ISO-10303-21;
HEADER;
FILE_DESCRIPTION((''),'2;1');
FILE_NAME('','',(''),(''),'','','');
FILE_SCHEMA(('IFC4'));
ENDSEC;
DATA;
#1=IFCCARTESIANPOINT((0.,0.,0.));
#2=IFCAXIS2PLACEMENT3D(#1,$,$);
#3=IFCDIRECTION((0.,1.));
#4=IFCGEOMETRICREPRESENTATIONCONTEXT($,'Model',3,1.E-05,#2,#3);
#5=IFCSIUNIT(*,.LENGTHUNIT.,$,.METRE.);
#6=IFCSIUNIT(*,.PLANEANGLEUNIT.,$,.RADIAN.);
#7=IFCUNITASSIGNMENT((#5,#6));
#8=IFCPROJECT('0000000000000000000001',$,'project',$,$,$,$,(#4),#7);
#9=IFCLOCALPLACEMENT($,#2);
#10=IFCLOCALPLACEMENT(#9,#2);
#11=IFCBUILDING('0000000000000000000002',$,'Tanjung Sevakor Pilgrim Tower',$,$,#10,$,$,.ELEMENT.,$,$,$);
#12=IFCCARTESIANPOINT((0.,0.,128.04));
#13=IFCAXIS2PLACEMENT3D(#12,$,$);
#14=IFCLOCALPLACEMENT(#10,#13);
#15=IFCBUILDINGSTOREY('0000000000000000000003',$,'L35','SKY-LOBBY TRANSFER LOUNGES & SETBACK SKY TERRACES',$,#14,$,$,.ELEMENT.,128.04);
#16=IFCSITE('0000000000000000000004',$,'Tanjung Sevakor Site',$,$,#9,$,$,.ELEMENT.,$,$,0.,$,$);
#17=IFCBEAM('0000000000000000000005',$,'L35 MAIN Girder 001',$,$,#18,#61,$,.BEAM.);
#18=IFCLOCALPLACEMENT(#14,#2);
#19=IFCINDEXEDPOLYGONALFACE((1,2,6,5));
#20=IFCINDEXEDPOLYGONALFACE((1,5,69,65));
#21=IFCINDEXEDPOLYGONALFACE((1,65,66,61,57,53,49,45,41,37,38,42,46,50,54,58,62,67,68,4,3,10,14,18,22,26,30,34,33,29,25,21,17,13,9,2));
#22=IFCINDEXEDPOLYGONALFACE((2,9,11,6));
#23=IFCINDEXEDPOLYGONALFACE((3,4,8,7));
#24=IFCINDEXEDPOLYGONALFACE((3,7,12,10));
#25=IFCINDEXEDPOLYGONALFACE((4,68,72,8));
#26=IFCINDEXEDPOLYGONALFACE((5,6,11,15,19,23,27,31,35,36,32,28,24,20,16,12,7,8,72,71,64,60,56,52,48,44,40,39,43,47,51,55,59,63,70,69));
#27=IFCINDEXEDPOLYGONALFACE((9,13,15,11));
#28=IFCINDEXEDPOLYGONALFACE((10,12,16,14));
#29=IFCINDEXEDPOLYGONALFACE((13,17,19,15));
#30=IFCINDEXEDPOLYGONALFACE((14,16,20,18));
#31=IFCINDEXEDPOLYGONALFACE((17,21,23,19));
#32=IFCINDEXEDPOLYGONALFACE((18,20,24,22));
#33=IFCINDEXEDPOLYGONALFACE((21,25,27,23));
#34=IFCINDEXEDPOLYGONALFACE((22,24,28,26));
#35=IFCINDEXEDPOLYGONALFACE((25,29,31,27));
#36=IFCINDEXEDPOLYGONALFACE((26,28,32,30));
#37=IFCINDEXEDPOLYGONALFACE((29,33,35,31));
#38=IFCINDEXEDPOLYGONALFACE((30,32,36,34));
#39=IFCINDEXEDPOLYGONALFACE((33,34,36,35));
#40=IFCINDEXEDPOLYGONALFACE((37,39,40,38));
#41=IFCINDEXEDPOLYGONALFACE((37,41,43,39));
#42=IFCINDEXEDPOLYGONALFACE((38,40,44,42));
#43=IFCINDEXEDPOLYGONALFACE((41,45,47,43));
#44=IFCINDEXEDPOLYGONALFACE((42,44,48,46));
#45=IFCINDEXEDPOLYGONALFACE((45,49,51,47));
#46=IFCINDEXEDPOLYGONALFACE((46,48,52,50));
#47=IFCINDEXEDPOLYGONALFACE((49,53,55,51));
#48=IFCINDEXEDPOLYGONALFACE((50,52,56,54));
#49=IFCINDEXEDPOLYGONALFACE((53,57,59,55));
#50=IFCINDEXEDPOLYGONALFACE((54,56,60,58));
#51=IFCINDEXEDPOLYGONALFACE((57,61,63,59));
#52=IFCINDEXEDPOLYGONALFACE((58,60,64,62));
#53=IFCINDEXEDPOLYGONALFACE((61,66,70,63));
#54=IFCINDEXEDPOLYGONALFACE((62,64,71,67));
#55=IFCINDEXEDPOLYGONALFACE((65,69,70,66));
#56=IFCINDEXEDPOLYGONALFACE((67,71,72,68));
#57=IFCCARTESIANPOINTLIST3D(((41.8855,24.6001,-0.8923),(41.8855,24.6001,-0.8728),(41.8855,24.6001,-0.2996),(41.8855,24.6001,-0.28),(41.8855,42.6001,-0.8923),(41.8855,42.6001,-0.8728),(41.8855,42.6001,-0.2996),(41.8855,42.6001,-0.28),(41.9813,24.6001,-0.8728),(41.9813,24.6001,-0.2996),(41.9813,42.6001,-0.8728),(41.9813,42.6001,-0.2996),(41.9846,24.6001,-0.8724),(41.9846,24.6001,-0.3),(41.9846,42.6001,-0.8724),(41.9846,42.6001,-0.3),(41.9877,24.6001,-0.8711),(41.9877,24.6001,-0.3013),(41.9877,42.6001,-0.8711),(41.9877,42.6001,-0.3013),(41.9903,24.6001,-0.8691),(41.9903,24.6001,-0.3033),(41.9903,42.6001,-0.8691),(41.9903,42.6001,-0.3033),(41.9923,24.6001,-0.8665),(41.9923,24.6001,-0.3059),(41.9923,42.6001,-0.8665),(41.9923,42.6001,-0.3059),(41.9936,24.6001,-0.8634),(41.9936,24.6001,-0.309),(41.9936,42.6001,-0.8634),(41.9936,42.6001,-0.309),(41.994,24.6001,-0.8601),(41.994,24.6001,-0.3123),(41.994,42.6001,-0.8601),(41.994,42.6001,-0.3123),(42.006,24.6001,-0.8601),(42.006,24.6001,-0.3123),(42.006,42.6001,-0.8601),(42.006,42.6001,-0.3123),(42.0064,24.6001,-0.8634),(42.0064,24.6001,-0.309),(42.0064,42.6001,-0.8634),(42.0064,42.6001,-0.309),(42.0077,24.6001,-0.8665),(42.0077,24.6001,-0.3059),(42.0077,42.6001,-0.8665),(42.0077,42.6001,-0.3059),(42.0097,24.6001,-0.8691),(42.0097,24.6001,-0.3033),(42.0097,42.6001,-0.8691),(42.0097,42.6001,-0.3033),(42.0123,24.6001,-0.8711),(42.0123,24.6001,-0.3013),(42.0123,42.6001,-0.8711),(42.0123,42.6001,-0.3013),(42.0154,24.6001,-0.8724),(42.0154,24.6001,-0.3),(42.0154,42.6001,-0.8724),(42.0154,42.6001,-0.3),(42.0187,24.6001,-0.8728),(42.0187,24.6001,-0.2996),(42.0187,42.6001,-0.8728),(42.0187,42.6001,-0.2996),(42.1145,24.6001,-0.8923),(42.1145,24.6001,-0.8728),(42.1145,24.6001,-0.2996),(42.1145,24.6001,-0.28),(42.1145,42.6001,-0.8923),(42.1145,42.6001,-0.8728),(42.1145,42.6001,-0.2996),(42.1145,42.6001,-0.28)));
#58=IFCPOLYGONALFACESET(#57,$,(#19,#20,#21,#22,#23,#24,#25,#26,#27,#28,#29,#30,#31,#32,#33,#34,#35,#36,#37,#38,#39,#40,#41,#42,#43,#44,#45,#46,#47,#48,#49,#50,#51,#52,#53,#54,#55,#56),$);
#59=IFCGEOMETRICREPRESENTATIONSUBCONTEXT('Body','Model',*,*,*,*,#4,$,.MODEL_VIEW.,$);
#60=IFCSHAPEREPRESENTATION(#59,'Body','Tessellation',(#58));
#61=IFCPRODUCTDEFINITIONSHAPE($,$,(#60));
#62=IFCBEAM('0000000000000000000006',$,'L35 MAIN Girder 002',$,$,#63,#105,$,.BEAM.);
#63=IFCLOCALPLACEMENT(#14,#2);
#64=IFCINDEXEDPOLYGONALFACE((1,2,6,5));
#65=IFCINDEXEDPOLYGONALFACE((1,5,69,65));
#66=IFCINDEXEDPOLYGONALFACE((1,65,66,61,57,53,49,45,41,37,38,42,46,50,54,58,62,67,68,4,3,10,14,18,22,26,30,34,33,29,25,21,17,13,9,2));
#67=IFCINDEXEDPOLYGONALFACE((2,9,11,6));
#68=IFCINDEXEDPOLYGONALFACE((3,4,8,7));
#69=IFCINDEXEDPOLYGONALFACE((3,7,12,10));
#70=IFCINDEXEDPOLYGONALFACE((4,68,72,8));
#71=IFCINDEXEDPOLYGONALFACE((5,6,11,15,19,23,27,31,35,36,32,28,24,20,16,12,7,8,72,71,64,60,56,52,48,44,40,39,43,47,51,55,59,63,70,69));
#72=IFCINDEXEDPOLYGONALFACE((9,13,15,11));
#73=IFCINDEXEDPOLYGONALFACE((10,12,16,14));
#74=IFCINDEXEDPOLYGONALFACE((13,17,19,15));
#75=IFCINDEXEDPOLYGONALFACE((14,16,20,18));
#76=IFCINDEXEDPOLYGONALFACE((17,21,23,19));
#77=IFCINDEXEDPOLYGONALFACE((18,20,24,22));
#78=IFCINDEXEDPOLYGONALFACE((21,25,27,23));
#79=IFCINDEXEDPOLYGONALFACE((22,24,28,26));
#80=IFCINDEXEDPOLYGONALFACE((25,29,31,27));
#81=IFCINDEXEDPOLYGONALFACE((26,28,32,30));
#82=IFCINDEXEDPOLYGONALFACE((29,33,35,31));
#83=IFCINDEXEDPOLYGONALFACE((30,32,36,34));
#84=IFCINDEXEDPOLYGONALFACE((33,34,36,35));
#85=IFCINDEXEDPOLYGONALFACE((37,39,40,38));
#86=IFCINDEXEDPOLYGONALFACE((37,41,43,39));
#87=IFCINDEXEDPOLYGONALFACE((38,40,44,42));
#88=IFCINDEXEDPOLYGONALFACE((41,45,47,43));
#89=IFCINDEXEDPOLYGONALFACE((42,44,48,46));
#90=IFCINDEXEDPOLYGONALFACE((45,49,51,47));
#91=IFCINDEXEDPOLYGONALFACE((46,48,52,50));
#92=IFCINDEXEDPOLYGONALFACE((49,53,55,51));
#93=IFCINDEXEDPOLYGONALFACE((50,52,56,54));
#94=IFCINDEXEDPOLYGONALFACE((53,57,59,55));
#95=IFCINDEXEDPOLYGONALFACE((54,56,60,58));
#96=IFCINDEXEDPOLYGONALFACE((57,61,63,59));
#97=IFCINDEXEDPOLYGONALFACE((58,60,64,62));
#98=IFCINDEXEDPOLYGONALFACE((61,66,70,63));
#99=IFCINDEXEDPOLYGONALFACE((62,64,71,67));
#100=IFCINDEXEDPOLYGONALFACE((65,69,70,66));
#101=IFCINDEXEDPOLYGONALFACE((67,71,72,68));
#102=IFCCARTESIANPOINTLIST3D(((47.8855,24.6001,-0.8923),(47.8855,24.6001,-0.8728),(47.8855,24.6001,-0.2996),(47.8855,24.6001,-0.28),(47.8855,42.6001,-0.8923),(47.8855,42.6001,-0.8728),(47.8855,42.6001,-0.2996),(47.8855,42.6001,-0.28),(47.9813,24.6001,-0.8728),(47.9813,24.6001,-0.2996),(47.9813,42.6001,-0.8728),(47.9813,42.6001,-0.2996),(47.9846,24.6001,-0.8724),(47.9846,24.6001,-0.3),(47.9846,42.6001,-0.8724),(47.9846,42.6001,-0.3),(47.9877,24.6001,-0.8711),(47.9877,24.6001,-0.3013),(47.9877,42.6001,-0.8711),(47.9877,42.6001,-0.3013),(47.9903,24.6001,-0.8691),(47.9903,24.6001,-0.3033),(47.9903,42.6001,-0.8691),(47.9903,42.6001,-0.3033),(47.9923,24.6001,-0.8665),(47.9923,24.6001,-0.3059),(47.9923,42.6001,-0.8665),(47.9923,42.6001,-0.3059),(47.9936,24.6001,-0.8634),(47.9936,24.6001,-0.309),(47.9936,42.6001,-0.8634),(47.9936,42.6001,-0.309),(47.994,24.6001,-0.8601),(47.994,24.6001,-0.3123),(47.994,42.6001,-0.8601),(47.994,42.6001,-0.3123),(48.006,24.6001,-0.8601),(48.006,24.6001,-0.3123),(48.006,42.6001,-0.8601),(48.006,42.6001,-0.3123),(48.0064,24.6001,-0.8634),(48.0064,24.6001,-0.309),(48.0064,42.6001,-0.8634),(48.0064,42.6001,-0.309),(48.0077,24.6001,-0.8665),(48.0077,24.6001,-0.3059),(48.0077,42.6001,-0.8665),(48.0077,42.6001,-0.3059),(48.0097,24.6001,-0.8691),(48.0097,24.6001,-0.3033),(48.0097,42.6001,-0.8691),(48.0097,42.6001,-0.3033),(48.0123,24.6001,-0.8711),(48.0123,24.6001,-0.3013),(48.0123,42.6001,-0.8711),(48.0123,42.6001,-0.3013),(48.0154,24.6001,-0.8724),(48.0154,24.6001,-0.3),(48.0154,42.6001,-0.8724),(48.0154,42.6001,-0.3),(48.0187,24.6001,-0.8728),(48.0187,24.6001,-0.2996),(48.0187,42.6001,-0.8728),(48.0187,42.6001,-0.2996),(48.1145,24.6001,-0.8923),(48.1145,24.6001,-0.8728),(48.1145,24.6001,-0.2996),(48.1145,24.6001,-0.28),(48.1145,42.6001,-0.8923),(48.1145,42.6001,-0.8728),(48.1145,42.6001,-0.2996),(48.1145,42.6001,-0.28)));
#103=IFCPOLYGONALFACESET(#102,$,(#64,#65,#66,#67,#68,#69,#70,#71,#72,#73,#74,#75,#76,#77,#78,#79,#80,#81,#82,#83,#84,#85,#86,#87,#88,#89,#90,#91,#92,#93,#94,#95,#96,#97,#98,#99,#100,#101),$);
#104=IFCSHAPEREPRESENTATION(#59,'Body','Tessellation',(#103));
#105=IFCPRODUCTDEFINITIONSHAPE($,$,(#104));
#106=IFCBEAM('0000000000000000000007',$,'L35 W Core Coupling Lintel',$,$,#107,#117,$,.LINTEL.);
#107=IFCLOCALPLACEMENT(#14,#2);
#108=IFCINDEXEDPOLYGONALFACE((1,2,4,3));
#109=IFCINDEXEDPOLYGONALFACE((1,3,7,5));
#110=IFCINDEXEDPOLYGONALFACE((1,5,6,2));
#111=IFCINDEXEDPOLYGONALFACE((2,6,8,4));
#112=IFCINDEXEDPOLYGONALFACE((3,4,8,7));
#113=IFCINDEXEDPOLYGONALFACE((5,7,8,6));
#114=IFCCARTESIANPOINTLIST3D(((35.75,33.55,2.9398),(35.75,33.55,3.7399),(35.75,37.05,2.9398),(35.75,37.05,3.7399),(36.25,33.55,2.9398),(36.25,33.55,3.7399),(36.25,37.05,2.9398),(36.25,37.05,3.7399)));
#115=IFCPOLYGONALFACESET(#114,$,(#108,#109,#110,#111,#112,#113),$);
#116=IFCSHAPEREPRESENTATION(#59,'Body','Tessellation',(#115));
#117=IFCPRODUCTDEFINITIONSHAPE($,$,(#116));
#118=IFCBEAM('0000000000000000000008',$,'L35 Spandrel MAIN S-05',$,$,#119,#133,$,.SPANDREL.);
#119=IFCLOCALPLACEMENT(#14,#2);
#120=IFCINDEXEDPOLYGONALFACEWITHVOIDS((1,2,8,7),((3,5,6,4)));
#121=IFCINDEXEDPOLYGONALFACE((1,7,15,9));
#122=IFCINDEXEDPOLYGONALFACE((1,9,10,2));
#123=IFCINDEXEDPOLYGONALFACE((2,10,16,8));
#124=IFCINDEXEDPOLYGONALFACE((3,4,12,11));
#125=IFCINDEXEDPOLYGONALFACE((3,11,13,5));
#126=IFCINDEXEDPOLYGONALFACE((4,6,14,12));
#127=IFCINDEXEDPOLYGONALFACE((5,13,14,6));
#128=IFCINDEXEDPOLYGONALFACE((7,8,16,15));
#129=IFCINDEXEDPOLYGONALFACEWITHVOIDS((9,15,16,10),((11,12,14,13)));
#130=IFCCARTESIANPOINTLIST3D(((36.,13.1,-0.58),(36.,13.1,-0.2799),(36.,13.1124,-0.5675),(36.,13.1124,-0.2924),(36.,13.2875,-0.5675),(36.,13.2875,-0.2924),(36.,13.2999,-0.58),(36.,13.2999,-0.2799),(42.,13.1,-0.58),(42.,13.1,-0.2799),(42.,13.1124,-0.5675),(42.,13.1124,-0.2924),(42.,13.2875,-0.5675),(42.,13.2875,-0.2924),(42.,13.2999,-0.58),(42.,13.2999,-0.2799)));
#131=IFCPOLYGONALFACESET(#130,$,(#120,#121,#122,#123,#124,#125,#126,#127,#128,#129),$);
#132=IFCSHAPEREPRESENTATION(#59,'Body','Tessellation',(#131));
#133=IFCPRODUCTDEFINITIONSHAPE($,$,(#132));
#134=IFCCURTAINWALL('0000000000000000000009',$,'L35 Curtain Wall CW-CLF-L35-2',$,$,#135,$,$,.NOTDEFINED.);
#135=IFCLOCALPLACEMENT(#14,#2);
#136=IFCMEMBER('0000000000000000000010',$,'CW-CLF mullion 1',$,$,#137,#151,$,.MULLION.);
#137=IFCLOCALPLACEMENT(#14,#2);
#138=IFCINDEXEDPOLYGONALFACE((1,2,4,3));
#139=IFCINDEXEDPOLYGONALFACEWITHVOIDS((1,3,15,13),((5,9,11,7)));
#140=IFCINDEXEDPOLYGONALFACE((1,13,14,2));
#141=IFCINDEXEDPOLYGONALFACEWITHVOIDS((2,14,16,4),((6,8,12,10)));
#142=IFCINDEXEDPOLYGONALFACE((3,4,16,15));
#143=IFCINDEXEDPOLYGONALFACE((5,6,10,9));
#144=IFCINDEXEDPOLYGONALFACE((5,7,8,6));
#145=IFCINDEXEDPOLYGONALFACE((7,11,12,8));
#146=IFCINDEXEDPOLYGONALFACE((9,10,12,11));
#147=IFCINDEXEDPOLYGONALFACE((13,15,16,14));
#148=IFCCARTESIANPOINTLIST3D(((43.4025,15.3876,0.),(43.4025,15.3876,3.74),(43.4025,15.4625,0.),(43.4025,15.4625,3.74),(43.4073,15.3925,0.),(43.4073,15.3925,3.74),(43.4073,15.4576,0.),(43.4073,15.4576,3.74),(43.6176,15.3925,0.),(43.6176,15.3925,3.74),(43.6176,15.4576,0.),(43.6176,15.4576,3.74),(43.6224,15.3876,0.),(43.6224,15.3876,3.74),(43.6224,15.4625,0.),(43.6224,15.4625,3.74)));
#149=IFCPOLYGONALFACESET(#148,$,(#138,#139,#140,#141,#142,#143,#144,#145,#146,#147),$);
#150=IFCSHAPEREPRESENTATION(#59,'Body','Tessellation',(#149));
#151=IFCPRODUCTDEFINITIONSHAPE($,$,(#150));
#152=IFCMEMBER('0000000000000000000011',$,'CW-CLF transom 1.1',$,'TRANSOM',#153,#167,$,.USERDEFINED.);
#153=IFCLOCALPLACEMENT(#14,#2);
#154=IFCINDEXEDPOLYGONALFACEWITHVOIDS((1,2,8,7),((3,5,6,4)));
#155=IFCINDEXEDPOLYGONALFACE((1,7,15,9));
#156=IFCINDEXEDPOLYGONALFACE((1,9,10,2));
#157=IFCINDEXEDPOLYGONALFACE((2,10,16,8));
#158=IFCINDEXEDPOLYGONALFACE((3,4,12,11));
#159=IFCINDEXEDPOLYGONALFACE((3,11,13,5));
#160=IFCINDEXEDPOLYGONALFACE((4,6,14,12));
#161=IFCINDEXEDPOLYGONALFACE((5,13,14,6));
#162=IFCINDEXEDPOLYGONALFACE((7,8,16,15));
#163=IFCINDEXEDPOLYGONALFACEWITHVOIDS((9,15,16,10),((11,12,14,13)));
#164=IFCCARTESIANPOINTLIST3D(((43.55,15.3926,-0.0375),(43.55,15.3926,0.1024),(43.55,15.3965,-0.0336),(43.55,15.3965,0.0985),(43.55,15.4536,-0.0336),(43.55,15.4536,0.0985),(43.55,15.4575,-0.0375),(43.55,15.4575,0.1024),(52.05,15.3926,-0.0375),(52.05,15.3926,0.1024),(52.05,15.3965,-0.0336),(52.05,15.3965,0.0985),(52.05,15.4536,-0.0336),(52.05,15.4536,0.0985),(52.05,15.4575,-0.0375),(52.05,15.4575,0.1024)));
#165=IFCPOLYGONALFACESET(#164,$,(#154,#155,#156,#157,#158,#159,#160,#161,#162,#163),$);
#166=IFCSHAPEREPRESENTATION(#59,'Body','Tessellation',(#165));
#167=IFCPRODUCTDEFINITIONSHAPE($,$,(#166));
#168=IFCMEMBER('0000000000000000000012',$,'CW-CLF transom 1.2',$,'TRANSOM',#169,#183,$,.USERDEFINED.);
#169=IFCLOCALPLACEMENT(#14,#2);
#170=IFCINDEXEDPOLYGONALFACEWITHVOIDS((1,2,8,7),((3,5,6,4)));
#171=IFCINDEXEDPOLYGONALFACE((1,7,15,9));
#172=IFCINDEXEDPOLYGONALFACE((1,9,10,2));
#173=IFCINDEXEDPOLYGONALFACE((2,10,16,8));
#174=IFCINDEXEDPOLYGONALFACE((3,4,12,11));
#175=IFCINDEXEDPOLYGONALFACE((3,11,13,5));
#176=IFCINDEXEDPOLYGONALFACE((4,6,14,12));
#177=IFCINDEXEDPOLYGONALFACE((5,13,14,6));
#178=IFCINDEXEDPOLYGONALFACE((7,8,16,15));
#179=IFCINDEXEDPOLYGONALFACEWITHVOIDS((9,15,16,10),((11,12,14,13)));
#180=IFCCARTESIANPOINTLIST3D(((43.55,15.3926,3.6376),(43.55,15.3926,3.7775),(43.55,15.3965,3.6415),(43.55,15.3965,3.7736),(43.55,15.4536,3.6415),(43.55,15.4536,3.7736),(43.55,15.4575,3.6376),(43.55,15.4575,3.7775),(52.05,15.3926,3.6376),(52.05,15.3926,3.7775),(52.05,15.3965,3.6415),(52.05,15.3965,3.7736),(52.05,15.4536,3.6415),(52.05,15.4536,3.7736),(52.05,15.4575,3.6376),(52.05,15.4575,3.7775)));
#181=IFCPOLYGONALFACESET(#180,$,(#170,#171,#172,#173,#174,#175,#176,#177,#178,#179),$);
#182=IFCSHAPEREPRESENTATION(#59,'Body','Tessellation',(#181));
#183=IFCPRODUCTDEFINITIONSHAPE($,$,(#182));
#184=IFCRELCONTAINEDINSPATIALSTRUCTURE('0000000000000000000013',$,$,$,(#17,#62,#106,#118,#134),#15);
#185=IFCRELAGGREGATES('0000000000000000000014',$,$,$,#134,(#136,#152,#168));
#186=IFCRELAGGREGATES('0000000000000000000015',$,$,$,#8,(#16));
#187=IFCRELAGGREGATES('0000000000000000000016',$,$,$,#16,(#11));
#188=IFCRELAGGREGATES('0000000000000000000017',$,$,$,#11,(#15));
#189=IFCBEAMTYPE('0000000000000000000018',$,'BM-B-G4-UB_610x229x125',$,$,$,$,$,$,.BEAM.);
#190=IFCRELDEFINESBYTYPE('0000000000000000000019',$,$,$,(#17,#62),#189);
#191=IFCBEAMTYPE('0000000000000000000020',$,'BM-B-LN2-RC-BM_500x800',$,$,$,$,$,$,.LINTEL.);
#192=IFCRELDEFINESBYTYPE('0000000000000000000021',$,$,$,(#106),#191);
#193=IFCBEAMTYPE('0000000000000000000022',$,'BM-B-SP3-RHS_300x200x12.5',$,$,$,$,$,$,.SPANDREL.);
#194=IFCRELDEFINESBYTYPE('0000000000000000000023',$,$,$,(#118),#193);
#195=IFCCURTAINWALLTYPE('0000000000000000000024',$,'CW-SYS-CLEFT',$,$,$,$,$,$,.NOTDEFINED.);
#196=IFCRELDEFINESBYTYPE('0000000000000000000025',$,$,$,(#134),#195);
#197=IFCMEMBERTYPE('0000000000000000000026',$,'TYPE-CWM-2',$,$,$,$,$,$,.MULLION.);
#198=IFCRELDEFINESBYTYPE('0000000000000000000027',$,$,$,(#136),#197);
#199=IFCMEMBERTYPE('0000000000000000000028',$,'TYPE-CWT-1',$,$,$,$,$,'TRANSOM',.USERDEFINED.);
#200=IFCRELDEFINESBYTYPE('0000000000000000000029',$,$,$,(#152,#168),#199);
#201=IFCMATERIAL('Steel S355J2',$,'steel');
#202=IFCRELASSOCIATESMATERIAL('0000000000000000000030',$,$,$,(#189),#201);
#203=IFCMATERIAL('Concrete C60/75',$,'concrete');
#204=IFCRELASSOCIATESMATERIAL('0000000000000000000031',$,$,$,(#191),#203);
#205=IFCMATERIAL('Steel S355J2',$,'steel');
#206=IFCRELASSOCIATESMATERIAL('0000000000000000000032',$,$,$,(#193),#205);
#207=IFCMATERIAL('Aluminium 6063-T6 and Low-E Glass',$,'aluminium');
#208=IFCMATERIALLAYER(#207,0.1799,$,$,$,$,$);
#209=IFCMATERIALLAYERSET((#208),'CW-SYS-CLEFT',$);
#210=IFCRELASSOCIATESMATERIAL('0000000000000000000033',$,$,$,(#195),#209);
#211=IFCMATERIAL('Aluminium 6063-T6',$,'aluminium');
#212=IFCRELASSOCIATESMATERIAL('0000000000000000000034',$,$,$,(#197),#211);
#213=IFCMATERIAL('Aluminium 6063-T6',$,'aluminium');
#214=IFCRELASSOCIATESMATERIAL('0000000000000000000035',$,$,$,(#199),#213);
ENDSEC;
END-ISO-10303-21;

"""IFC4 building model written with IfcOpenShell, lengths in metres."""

from ifc_helpers import new_model, si_unit, direction, frame, origin, origin_2d, place, context, subcontext, project, spatial, rectangle, hollow_rectangle, i_section, extrude, material, layer, layer_set, material_profile, profile_set, type_object, element, aggregate, save


model = new_model("IFC4")

# Units and contexts
model_context = context("Model", 3, precision=1e-05, world=origin(), true_north=direction((0.0, 1.0)))
body_context = subcontext(model_context, "Body", "Model", "MODEL_VIEW")
ifc_project = project(units=[si_unit("LENGTHUNIT", "METRE"), si_unit("PLANEANGLEUNIT", "RADIAN")], contexts=[model_context])

# Site, building, storey
site_placement = place(None, origin())
site = spatial("IfcSite", under=ifc_project, at=site_placement, Name="Tanjung Sevakor Site", CompositionType="ELEMENT", RefElevation=0.0)
building_placement = place(site_placement, origin())
building = spatial("IfcBuilding", under=site, at=building_placement, Name="Tanjung Sevakor Pilgrim Tower", CompositionType="ELEMENT")
storey_placement = place(building_placement, frame((0.0, 0.0, 128.04)))
storey = spatial("IfcBuildingStorey", under=building, at=storey_placement, Name="L35", Description="SKY-LOBBY TRANSFER LOUNGES & SETBACK SKY TERRACES", CompositionType="ELEMENT", Elevation=128.04)

# Beams
ifc_material_1 = material(Name="Steel S355J2", Category="steel")
ifc_material_profile_1 = material_profile(ifc_material_1, i_section(OverallWidth=0.229, OverallDepth=0.6123, WebThickness=0.012, FlangeThickness=0.0195, FilletRadius=0.0127, at=origin_2d()))
ifc_profile_set_1 = profile_set([ifc_material_profile_1], Name="Steel S355J2")
beam_type_1 = type_object("IfcBeamType", Name="BM-B-G4-UB_610x229x125", PredefinedType="BEAM", material=ifc_profile_set_1)
for number, where, z_axis, x_axis, name in (
    (1, (42.0, 24.6001, -0.5862), (0.0, 1.0, 0.0), (-1.0, 0.0, 0.0), "L35 MAIN Girder 001"),
    (2, (48.0, 24.6001, -0.5862), (0.0, 1.0, 0.0), (-1.0, 0.0, 0.0), "L35 MAIN Girder 002"),
):
    element("IfcBeam", number, at=place(storey_placement, frame(where, z_axis=z_axis, x_axis=x_axis)), inside=storey, type_object=beam_type_1, Name=name, PredefinedType="BEAM", context=body_context, shape_type="SweptSolid", body=[
        extrude(i_section(OverallWidth=0.229, OverallDepth=0.6123, WebThickness=0.012, FlangeThickness=0.0195, FilletRadius=0.0127, at=origin_2d()), origin(), (0.0, 0.0, 1.0), 18.0),
    ])
ifc_material_2 = material(Name="Concrete C60/75", Category="concrete")
ifc_material_profile_2 = material_profile(ifc_material_2, rectangle(XDim=0.5, YDim=0.8, at=origin_2d()))
ifc_profile_set_2 = profile_set([ifc_material_profile_2], Name="Concrete C60/75")
beam_type_2 = type_object("IfcBeamType", Name="BM-B-LN2-RC-BM_500x800", PredefinedType="LINTEL", material=ifc_profile_set_2)
beam_1_placement = place(storey_placement, frame((36.0, 33.55, 3.3398), z_axis=(0.0, 1.0, 0.0), x_axis=(-1.0, 0.0, 0.0)))
element("IfcBeam", 3, at=beam_1_placement, inside=storey, type_object=beam_type_2, Name="L35 W Core Coupling Lintel", PredefinedType="LINTEL", context=body_context, shape_type="SweptSolid", body=[
    extrude(rectangle(XDim=0.5, YDim=0.8, at=origin_2d()), origin(), (0.0, 0.0, 1.0), 3.5),
])
ifc_material_3 = material(Name="Steel S355J2", Category="steel")
ifc_material_profile_3 = material_profile(ifc_material_3, hollow_rectangle(XDim=0.2, YDim=0.3, WallThickness=0.0125, at=origin_2d()))
ifc_profile_set_3 = profile_set([ifc_material_profile_3], Name="Steel S355J2")
beam_type_3 = type_object("IfcBeamType", Name="BM-B-SP3-RHS_300x200x12.5", PredefinedType="SPANDREL", material=ifc_profile_set_3)
beam_2_placement = place(storey_placement, frame((36.0, 13.2, -0.4299), z_axis=(1.0, 0.0, 0.0), x_axis=(0.0, 1.0, 0.0)))
element("IfcBeam", 4, at=beam_2_placement, inside=storey, type_object=beam_type_3, Name="L35 Spandrel MAIN S-05", PredefinedType="SPANDREL", context=body_context, shape_type="SweptSolid", body=[
    extrude(hollow_rectangle(XDim=0.2, YDim=0.3, WallThickness=0.0125, at=origin_2d()), origin(), (0.0, 0.0, 1.0), 6.0),
])

# Curtain wall, members
ifc_material_4 = material(Name="Aluminium 6063-T6 and Low-E Glass", Category="aluminium")
ifc_layer_1 = layer(ifc_material_4, 0.1799)
ifc_layer_set_1 = layer_set([ifc_layer_1], Name="CW-SYS-CLEFT")
curtain_wall_type = type_object("IfcCurtainWallType", Name="CW-SYS-CLEFT", PredefinedType="NOTDEFINED", material=ifc_layer_set_1)
curtain_wall_placement = place(storey_placement, origin())
curtain_wall = element("IfcCurtainWall", 5, at=curtain_wall_placement, inside=storey, type_object=curtain_wall_type, Name="L35 Curtain Wall CW-CLF-L35-2", PredefinedType="NOTDEFINED")
ifc_material_5 = material(Name="Aluminium 6063-T6", Category="aluminium")
ifc_material_profile_4 = material_profile(ifc_material_5, hollow_rectangle(XDim=0.075, YDim=0.22, WallThickness=0.0049, at=origin_2d()))
ifc_profile_set_4 = profile_set([ifc_material_profile_4], Name="Aluminium 6063-T6")
member_type_1 = type_object("IfcMemberType", Name="TYPE-CWM-2", PredefinedType="MULLION", material=ifc_profile_set_4)
member_1_placement = place(storey_placement, frame((43.5125, 15.425, 0.0), z_axis=(0.0, 0.0, 1.0), x_axis=(0.0, 1.0, 0.0)))
member_1 = element("IfcMember", 6, at=member_1_placement, type_object=member_type_1, Name="CW-CLF mullion 1", PredefinedType="MULLION", context=body_context, shape_type="SweptSolid", body=[
    extrude(hollow_rectangle(XDim=0.075, YDim=0.22, WallThickness=0.0049, at=origin_2d()), origin(), (0.0, 0.0, 1.0), 3.74),
])
ifc_material_6 = material(Name="Aluminium 6063-T6", Category="aluminium")
ifc_material_profile_5 = material_profile(ifc_material_6, hollow_rectangle(XDim=0.0649, YDim=0.1399, WallThickness=0.0039, at=origin_2d()))
ifc_profile_set_5 = profile_set([ifc_material_profile_5], Name="Aluminium 6063-T6")
member_type_2 = type_object("IfcMemberType", Name="TYPE-CWT-1", ElementType="TRANSOM", PredefinedType="USERDEFINED", material=ifc_profile_set_5)
member_2_placement = place(storey_placement, frame((43.55, 15.425, 0.0325), z_axis=(1.0, 0.0, 0.0), x_axis=(0.0, 1.0, 0.0)))
member_2 = element("IfcMember", 7, at=member_2_placement, type_object=member_type_2, Name="CW-CLF transom 1.1", ObjectType="TRANSOM", PredefinedType="USERDEFINED", context=body_context, shape_type="SweptSolid", body=[
    extrude(hollow_rectangle(XDim=0.0649, YDim=0.1399, WallThickness=0.0039, at=origin_2d()), origin(), (0.0, 0.0, 1.0), 8.5),
])
member_3_placement = place(storey_placement, frame((43.55, 15.425, 3.7075), z_axis=(1.0, 0.0, 0.0), x_axis=(0.0, 1.0, 0.0)))
member_3 = element("IfcMember", 8, at=member_3_placement, type_object=member_type_2, Name="CW-CLF transom 1.2", ObjectType="TRANSOM", PredefinedType="USERDEFINED", context=body_context, shape_type="SweptSolid", body=[
    extrude(hollow_rectangle(XDim=0.0649, YDim=0.1399, WallThickness=0.0039, at=origin_2d()), origin(), (0.0, 0.0, 1.0), 8.5),
])
aggregate(curtain_wall, [member_1, member_2, member_3])

save(model, "model.ifc")
